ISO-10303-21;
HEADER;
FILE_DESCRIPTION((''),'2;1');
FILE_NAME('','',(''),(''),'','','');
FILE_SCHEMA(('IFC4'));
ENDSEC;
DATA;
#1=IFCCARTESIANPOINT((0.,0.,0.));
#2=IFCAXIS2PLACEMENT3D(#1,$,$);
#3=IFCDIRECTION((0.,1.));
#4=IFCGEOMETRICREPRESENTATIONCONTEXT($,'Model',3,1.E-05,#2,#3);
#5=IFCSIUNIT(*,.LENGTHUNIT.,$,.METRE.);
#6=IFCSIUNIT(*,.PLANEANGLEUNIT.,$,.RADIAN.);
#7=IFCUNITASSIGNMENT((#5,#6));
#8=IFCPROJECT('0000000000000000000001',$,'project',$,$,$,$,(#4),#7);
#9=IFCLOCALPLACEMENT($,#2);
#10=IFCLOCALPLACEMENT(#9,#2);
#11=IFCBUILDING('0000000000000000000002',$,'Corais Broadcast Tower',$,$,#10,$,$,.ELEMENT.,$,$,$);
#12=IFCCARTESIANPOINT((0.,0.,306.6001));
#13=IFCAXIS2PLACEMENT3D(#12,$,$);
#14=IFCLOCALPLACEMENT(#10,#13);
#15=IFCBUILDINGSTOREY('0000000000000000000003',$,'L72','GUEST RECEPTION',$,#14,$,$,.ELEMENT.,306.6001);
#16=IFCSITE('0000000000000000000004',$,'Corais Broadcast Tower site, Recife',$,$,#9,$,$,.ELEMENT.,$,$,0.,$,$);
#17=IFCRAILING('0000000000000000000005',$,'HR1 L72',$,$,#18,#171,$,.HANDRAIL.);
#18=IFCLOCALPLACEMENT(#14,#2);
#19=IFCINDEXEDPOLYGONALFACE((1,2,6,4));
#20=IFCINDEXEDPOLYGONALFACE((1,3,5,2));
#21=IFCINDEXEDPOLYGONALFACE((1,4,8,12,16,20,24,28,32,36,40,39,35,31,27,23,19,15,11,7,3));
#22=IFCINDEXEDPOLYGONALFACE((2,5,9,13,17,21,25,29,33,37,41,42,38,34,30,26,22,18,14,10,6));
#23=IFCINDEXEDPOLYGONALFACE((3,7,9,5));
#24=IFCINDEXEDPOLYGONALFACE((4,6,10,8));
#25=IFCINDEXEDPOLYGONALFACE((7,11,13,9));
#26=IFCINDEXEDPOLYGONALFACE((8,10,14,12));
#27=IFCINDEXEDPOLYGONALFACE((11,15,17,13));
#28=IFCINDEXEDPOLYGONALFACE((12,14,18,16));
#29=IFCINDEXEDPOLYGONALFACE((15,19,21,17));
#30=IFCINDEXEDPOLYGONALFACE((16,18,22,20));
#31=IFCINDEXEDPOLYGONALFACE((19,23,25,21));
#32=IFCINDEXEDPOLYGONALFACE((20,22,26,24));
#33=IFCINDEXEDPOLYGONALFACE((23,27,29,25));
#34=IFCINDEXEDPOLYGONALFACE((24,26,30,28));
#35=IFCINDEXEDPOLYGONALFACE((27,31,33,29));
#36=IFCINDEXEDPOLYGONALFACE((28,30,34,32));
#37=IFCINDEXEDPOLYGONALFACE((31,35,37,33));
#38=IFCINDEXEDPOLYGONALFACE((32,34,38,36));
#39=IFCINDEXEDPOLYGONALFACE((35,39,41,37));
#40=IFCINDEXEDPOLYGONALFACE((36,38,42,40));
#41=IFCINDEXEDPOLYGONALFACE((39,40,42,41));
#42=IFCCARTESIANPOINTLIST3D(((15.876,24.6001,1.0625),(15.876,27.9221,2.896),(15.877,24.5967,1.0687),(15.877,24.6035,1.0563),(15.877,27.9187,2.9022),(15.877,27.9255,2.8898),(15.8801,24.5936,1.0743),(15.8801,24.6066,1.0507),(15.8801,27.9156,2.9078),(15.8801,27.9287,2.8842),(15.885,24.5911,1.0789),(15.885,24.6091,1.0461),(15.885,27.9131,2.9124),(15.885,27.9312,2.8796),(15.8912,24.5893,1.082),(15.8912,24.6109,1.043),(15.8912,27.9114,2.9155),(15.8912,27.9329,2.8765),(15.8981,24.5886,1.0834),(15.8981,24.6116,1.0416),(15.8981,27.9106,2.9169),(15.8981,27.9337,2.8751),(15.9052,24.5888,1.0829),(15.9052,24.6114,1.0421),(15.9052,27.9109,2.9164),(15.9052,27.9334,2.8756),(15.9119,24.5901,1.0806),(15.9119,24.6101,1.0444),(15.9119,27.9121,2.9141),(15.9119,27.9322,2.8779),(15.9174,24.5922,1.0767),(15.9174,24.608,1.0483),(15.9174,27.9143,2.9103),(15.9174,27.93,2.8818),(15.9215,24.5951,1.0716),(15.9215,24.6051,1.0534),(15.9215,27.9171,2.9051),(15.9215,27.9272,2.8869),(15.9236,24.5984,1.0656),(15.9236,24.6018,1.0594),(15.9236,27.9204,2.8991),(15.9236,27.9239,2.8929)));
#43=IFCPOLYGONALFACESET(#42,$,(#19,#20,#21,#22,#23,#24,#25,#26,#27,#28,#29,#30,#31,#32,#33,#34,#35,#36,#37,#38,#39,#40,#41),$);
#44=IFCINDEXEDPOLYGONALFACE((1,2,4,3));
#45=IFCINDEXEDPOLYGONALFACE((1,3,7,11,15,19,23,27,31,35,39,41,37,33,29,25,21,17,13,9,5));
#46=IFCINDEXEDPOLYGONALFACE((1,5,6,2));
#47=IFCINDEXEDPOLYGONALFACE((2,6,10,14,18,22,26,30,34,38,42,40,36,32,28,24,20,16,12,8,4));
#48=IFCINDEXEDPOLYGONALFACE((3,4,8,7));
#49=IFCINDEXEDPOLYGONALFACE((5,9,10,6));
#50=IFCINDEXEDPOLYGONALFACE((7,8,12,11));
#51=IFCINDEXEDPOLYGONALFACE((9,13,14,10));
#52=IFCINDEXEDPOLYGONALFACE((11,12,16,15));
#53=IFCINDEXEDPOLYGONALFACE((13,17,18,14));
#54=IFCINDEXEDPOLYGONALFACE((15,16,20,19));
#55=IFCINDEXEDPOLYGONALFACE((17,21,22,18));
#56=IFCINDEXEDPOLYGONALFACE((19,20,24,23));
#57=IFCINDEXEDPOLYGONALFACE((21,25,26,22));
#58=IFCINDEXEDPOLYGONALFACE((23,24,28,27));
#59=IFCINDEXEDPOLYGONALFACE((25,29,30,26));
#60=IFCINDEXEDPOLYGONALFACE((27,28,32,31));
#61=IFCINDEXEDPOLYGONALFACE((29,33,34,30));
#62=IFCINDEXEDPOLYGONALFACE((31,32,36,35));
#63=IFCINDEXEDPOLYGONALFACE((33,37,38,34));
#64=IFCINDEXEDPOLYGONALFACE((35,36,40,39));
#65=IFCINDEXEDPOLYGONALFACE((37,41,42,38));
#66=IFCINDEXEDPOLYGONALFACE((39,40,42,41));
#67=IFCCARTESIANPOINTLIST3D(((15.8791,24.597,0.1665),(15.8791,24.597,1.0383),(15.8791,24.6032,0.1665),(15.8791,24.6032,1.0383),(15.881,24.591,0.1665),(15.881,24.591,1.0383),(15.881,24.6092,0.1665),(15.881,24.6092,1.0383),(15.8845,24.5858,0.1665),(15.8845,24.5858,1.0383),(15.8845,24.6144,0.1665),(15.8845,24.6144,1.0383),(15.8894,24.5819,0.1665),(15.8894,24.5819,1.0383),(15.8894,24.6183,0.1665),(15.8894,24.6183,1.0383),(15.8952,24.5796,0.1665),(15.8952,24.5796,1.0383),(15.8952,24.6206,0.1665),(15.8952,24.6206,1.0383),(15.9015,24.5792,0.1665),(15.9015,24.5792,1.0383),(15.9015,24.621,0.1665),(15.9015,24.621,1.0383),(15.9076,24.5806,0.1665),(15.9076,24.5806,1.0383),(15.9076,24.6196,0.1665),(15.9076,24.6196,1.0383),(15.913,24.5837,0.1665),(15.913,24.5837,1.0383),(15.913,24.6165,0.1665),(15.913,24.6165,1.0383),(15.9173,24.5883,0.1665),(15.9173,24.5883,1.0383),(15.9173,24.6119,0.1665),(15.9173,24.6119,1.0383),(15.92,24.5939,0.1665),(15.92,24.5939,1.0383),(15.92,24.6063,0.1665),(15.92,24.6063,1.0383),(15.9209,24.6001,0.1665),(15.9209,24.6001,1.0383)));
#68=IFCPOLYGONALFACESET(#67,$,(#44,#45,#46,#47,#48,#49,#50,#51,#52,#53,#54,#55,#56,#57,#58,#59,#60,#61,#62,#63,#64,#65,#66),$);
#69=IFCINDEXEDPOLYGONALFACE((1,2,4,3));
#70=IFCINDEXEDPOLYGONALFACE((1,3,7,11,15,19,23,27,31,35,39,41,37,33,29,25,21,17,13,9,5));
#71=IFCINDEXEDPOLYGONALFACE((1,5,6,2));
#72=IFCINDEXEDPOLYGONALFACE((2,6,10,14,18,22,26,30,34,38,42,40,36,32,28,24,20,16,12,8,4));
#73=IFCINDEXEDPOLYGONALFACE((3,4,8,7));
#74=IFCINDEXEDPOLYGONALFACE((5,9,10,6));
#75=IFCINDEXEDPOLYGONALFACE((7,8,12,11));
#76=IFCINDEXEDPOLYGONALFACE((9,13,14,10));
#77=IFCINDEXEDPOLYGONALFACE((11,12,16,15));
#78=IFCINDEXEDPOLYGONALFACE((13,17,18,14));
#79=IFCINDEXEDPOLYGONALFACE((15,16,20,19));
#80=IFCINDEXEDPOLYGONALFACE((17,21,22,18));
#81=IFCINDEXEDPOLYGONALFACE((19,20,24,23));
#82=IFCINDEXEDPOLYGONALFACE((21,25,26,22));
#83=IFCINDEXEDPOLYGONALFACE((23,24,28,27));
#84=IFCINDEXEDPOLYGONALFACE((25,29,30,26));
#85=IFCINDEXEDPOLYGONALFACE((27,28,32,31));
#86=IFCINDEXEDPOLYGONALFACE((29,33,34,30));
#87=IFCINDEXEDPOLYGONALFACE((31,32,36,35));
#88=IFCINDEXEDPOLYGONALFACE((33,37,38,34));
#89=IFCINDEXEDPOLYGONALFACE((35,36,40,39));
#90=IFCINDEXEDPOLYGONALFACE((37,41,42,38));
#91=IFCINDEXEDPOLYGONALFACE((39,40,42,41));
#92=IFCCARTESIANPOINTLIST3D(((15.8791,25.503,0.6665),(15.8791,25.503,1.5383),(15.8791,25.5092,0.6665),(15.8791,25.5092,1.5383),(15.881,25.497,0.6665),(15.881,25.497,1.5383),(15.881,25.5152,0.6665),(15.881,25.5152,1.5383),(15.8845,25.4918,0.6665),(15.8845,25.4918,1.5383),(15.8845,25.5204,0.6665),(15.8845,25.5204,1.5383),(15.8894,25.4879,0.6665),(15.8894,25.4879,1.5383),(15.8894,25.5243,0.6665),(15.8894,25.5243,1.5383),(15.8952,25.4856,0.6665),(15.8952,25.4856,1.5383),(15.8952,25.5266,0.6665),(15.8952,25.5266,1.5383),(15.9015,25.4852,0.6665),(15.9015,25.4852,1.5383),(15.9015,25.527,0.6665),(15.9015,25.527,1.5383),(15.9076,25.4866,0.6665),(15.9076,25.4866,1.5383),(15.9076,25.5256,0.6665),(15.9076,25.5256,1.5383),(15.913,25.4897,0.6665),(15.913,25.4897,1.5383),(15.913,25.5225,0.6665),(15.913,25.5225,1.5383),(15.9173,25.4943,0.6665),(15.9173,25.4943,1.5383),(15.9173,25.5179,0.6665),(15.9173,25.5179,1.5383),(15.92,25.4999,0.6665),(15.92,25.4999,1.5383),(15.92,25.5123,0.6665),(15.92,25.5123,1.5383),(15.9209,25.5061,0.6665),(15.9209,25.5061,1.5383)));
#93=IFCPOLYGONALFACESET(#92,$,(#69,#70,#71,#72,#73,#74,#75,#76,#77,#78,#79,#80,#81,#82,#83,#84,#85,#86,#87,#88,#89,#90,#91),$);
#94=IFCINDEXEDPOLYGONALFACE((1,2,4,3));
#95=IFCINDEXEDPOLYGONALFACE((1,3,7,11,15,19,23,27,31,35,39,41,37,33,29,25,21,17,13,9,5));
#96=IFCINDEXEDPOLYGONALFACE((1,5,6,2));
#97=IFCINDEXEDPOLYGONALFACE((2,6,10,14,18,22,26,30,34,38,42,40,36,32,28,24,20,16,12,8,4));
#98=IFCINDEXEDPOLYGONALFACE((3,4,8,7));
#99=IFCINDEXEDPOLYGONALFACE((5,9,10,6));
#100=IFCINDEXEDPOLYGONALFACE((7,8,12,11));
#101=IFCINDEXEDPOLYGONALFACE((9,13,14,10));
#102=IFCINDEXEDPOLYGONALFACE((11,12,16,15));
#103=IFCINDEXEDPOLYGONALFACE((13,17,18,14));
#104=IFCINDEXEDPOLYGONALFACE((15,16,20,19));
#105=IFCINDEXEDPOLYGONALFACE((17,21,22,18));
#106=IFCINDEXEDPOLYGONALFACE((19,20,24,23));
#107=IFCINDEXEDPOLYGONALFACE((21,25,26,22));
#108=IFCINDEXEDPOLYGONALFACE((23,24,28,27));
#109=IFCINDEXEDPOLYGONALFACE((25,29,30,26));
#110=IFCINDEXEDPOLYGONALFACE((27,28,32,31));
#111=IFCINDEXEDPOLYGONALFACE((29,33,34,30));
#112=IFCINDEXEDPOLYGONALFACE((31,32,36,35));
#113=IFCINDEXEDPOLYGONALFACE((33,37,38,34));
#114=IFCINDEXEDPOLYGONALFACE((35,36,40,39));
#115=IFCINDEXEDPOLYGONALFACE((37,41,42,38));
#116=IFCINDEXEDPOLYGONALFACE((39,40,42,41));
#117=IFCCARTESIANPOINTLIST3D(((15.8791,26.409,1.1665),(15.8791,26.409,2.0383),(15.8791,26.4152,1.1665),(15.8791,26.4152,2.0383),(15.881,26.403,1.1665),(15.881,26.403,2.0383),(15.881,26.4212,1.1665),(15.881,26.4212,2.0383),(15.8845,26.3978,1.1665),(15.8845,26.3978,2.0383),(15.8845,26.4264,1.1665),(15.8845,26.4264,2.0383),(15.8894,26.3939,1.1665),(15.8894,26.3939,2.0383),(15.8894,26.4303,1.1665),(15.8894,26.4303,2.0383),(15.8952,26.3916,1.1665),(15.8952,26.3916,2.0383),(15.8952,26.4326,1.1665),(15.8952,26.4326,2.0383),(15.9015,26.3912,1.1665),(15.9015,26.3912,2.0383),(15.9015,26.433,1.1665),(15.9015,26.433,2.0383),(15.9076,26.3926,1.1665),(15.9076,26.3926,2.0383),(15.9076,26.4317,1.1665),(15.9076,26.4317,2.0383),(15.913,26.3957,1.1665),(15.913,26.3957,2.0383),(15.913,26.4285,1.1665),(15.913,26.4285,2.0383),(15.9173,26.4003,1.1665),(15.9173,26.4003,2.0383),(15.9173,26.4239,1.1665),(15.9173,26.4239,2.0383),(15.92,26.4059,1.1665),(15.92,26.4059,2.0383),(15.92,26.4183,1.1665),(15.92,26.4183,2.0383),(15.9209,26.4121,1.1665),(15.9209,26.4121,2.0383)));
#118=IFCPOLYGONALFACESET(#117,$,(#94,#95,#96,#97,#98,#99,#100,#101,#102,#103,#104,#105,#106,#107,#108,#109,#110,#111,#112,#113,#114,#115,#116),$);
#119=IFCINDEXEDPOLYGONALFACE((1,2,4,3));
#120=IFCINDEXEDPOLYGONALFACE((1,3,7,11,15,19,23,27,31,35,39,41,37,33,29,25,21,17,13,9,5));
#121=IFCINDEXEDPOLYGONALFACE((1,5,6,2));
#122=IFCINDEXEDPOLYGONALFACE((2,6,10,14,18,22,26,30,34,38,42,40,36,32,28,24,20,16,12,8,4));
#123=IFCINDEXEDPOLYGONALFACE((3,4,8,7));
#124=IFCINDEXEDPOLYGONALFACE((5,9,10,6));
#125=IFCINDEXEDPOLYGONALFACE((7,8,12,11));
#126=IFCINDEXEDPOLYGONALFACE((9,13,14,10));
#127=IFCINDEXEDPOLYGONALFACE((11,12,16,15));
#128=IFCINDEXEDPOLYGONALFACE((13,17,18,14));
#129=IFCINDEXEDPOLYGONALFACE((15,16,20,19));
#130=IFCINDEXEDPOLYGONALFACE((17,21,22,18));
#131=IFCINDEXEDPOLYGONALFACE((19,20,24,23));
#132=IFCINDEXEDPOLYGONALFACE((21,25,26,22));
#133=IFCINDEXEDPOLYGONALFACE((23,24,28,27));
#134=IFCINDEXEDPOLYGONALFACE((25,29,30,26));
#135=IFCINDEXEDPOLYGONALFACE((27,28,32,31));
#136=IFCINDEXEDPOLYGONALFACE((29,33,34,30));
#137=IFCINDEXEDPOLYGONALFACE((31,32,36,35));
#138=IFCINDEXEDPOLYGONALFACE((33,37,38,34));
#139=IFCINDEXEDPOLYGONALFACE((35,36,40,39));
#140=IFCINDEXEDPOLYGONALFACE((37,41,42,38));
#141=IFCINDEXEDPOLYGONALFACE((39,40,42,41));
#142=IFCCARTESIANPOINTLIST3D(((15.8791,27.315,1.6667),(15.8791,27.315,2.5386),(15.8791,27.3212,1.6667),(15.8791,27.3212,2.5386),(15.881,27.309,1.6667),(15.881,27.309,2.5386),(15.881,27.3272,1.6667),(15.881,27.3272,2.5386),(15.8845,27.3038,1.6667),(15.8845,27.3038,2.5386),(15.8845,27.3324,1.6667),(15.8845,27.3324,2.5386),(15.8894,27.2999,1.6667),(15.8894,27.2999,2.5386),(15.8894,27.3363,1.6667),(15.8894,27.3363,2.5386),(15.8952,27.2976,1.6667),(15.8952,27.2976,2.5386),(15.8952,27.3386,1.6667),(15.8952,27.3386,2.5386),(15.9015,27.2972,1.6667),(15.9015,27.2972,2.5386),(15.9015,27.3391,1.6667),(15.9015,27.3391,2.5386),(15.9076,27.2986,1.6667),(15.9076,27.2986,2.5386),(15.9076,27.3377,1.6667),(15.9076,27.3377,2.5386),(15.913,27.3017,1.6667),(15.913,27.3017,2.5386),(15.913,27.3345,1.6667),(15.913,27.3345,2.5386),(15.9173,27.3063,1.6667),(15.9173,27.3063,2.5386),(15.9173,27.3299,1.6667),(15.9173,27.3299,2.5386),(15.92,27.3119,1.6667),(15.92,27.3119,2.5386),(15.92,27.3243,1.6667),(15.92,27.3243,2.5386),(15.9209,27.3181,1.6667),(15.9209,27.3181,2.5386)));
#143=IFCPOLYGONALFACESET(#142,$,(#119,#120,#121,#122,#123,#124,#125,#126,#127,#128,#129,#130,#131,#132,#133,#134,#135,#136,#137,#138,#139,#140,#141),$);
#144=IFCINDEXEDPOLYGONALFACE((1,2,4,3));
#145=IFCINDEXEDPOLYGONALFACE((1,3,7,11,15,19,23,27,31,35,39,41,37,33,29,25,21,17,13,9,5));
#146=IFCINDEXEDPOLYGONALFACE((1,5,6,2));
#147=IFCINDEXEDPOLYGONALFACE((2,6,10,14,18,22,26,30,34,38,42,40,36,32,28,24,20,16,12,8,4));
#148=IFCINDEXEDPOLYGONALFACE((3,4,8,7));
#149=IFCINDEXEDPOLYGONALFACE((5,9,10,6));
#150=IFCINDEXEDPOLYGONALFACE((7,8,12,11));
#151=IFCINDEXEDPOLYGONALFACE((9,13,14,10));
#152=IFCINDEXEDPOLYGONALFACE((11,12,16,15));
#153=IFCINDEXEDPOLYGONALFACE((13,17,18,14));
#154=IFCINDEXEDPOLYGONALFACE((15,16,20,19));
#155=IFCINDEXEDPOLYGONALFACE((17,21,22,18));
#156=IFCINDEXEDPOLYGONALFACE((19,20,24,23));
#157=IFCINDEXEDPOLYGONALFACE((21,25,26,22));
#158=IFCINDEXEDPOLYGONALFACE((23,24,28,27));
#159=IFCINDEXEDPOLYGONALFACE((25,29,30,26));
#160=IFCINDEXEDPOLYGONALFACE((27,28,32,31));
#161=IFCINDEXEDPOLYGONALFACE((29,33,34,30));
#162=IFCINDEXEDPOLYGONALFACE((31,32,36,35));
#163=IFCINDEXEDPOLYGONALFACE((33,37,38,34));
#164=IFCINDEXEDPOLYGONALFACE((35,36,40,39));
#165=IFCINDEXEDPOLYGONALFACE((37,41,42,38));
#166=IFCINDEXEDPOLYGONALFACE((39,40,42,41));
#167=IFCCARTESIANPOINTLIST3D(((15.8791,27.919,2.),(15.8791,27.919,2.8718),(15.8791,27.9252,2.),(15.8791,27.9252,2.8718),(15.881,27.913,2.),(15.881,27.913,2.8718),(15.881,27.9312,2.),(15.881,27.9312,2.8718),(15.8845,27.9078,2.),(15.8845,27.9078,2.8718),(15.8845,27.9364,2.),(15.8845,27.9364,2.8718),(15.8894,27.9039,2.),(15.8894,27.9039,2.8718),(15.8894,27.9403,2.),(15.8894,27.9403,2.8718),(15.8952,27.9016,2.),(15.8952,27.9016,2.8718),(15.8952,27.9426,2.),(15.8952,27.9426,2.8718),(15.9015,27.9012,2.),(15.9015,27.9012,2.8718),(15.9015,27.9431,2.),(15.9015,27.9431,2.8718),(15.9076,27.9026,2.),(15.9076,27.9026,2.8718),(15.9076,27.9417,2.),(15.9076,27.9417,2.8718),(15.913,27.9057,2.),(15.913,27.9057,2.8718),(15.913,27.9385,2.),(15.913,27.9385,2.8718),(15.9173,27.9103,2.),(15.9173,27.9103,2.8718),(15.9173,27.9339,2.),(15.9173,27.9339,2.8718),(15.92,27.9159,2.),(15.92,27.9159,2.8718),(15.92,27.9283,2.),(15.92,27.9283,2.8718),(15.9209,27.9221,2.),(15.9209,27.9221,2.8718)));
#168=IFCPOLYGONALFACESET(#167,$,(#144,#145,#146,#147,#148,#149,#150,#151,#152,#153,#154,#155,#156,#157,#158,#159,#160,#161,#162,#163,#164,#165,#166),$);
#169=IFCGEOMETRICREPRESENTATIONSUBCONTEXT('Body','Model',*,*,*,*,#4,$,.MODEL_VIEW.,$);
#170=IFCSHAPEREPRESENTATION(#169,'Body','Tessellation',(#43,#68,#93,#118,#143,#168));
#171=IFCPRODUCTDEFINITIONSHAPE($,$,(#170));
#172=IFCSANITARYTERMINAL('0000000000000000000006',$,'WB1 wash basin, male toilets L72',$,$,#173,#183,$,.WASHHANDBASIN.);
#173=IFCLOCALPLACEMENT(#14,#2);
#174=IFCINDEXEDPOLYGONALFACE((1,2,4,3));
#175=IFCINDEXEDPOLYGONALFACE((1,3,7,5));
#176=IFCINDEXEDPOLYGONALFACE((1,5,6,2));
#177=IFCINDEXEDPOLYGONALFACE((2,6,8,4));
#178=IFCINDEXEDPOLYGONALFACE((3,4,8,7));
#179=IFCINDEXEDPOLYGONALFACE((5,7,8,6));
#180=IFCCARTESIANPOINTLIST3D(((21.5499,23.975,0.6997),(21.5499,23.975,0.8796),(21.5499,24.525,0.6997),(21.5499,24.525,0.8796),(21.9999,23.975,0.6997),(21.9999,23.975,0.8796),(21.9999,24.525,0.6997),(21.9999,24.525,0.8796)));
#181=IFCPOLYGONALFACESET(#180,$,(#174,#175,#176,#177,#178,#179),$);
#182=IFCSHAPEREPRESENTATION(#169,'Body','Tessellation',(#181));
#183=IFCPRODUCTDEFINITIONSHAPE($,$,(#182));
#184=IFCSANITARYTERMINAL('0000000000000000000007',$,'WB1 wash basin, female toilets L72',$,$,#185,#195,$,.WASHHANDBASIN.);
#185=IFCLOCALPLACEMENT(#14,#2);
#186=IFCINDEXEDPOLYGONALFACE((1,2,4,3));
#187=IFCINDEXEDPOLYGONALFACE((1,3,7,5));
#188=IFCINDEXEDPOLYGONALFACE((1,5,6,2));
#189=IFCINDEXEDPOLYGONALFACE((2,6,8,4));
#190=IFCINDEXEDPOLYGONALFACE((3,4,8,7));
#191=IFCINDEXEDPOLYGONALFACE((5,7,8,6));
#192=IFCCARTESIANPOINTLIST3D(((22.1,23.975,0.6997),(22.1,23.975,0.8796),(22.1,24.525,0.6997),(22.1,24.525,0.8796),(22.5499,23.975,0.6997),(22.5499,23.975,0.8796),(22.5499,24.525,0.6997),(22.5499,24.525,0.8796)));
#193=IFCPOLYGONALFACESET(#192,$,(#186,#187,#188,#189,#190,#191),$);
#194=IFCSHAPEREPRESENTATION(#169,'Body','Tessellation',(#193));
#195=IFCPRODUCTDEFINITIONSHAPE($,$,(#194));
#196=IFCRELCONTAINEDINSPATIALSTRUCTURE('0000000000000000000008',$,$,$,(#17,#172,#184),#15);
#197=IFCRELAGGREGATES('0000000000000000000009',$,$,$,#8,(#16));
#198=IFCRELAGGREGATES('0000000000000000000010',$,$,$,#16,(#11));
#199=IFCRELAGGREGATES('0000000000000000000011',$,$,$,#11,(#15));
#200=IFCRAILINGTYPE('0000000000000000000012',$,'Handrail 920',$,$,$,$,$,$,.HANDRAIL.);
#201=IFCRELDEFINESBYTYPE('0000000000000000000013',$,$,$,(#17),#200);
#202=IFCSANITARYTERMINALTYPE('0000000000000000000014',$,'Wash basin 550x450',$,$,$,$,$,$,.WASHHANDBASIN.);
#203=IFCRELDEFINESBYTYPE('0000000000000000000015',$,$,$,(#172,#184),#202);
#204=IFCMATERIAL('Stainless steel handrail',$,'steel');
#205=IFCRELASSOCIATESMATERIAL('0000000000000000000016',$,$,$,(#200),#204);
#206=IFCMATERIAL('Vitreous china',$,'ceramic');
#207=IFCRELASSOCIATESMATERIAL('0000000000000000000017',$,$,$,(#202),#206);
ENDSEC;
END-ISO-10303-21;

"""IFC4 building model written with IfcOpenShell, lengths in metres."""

from ifc_helpers import new_model, si_unit, direction, frame, origin, origin_2d, place, context, subcontext, project, spatial, rectangle, circle, extrude, material, type_object, element, save


model = new_model("IFC4")

# Units and contexts
model_context = context("Model", 3, precision=1e-05, world=origin(), true_north=direction((0.0, 1.0)))
body_context = subcontext(model_context, "Body", "Model", "MODEL_VIEW")
ifc_project = project(units=[si_unit("LENGTHUNIT", "METRE"), si_unit("PLANEANGLEUNIT", "RADIAN")], contexts=[model_context])

# Site, building, storey
site_placement = place(None, origin())
site = spatial("IfcSite", under=ifc_project, at=site_placement, Name="Corais Broadcast Tower site, Recife", CompositionType="ELEMENT", RefElevation=0.0)
building_placement = place(site_placement, origin())
building = spatial("IfcBuilding", under=site, at=building_placement, Name="Corais Broadcast Tower", CompositionType="ELEMENT")
storey_placement = place(building_placement, frame((0.0, 0.0, 306.6001)))
storey = spatial("IfcBuildingStorey", under=building, at=storey_placement, Name="L72", Description="GUEST RECEPTION", CompositionType="ELEMENT", Elevation=306.6001)

# Railing
ifc_material_1 = material(Name="Stainless steel handrail", Category="steel")
railing_type = type_object("IfcRailingType", Name="Handrail 920", PredefinedType="HANDRAIL", material=ifc_material_1)
for number, where, name in (
    (1, (15.8999, 24.6001, 0.1665), "HR1 L72"),
):
    element("IfcRailing", number, at=place(storey_placement, frame(where)), inside=storey, type_object=railing_type, Name=name, PredefinedType="HANDRAIL", context=body_context, shape_type="SweptSolid", body=[
        extrude(circle(Radius=0.0239, at=origin_2d()), frame((0.0, 0.0, 0.896), z_axis=(0.0, 0.875504, 0.48321), x_axis=(-1.0, 0.0, 0.0)), (0.0, 0.0, 1.0), 3.7944),
        extrude(circle(Radius=0.021, at=origin_2d()), origin(), (0.0, 0.0, 1.0), 0.8718),
        extrude(circle(Radius=0.021, at=origin_2d()), frame((0.0, 0.906, 0.5)), (0.0, 0.0, 1.0), 0.8718),
        extrude(circle(Radius=0.021, at=origin_2d()), frame((0.0, 1.812, 1.0)), (0.0, 0.0, 1.0), 0.8718),
        extrude(circle(Radius=0.021, at=origin_2d()), frame((0.0, 2.718, 1.5002)), (0.0, 0.0, 1.0), 0.8718),
        extrude(circle(Radius=0.021, at=origin_2d()), frame((0.0, 3.322, 1.8335)), (0.0, 0.0, 1.0), 0.8718),
    ])

# Sanitary terminals
ifc_material_2 = material(Name="Vitreous china", Category="ceramic")
sanitary_terminal_type = type_object("IfcSanitaryTerminalType", Name="Wash basin 550x450", PredefinedType="WASHHANDBASIN", material=ifc_material_2)
for number, where, z_axis, x_axis, name in (
    (2, (21.7749, 24.25, 0.6997), (0.0, 0.0, 1.0), (1.0, 0.0, 0.0), "WB1 wash basin, male toilets L72"),
    (3, (22.325, 24.25, 0.6997), (0.0, 0.0, 1.0), (1.0, 0.0, 0.0), "WB1 wash basin, female toilets L72"),
):
    element("IfcSanitaryTerminal", number, at=place(storey_placement, frame(where, z_axis=z_axis, x_axis=x_axis)), inside=storey, type_object=sanitary_terminal_type, Name=name, PredefinedType="WASHHANDBASIN", context=body_context, shape_type="SweptSolid", body=[
        extrude(rectangle(XDim=0.45, YDim=0.55, at=origin_2d()), origin(), (0.0, 0.0, 1.0), 0.1799),
    ])

save(model, "model.ifc")
